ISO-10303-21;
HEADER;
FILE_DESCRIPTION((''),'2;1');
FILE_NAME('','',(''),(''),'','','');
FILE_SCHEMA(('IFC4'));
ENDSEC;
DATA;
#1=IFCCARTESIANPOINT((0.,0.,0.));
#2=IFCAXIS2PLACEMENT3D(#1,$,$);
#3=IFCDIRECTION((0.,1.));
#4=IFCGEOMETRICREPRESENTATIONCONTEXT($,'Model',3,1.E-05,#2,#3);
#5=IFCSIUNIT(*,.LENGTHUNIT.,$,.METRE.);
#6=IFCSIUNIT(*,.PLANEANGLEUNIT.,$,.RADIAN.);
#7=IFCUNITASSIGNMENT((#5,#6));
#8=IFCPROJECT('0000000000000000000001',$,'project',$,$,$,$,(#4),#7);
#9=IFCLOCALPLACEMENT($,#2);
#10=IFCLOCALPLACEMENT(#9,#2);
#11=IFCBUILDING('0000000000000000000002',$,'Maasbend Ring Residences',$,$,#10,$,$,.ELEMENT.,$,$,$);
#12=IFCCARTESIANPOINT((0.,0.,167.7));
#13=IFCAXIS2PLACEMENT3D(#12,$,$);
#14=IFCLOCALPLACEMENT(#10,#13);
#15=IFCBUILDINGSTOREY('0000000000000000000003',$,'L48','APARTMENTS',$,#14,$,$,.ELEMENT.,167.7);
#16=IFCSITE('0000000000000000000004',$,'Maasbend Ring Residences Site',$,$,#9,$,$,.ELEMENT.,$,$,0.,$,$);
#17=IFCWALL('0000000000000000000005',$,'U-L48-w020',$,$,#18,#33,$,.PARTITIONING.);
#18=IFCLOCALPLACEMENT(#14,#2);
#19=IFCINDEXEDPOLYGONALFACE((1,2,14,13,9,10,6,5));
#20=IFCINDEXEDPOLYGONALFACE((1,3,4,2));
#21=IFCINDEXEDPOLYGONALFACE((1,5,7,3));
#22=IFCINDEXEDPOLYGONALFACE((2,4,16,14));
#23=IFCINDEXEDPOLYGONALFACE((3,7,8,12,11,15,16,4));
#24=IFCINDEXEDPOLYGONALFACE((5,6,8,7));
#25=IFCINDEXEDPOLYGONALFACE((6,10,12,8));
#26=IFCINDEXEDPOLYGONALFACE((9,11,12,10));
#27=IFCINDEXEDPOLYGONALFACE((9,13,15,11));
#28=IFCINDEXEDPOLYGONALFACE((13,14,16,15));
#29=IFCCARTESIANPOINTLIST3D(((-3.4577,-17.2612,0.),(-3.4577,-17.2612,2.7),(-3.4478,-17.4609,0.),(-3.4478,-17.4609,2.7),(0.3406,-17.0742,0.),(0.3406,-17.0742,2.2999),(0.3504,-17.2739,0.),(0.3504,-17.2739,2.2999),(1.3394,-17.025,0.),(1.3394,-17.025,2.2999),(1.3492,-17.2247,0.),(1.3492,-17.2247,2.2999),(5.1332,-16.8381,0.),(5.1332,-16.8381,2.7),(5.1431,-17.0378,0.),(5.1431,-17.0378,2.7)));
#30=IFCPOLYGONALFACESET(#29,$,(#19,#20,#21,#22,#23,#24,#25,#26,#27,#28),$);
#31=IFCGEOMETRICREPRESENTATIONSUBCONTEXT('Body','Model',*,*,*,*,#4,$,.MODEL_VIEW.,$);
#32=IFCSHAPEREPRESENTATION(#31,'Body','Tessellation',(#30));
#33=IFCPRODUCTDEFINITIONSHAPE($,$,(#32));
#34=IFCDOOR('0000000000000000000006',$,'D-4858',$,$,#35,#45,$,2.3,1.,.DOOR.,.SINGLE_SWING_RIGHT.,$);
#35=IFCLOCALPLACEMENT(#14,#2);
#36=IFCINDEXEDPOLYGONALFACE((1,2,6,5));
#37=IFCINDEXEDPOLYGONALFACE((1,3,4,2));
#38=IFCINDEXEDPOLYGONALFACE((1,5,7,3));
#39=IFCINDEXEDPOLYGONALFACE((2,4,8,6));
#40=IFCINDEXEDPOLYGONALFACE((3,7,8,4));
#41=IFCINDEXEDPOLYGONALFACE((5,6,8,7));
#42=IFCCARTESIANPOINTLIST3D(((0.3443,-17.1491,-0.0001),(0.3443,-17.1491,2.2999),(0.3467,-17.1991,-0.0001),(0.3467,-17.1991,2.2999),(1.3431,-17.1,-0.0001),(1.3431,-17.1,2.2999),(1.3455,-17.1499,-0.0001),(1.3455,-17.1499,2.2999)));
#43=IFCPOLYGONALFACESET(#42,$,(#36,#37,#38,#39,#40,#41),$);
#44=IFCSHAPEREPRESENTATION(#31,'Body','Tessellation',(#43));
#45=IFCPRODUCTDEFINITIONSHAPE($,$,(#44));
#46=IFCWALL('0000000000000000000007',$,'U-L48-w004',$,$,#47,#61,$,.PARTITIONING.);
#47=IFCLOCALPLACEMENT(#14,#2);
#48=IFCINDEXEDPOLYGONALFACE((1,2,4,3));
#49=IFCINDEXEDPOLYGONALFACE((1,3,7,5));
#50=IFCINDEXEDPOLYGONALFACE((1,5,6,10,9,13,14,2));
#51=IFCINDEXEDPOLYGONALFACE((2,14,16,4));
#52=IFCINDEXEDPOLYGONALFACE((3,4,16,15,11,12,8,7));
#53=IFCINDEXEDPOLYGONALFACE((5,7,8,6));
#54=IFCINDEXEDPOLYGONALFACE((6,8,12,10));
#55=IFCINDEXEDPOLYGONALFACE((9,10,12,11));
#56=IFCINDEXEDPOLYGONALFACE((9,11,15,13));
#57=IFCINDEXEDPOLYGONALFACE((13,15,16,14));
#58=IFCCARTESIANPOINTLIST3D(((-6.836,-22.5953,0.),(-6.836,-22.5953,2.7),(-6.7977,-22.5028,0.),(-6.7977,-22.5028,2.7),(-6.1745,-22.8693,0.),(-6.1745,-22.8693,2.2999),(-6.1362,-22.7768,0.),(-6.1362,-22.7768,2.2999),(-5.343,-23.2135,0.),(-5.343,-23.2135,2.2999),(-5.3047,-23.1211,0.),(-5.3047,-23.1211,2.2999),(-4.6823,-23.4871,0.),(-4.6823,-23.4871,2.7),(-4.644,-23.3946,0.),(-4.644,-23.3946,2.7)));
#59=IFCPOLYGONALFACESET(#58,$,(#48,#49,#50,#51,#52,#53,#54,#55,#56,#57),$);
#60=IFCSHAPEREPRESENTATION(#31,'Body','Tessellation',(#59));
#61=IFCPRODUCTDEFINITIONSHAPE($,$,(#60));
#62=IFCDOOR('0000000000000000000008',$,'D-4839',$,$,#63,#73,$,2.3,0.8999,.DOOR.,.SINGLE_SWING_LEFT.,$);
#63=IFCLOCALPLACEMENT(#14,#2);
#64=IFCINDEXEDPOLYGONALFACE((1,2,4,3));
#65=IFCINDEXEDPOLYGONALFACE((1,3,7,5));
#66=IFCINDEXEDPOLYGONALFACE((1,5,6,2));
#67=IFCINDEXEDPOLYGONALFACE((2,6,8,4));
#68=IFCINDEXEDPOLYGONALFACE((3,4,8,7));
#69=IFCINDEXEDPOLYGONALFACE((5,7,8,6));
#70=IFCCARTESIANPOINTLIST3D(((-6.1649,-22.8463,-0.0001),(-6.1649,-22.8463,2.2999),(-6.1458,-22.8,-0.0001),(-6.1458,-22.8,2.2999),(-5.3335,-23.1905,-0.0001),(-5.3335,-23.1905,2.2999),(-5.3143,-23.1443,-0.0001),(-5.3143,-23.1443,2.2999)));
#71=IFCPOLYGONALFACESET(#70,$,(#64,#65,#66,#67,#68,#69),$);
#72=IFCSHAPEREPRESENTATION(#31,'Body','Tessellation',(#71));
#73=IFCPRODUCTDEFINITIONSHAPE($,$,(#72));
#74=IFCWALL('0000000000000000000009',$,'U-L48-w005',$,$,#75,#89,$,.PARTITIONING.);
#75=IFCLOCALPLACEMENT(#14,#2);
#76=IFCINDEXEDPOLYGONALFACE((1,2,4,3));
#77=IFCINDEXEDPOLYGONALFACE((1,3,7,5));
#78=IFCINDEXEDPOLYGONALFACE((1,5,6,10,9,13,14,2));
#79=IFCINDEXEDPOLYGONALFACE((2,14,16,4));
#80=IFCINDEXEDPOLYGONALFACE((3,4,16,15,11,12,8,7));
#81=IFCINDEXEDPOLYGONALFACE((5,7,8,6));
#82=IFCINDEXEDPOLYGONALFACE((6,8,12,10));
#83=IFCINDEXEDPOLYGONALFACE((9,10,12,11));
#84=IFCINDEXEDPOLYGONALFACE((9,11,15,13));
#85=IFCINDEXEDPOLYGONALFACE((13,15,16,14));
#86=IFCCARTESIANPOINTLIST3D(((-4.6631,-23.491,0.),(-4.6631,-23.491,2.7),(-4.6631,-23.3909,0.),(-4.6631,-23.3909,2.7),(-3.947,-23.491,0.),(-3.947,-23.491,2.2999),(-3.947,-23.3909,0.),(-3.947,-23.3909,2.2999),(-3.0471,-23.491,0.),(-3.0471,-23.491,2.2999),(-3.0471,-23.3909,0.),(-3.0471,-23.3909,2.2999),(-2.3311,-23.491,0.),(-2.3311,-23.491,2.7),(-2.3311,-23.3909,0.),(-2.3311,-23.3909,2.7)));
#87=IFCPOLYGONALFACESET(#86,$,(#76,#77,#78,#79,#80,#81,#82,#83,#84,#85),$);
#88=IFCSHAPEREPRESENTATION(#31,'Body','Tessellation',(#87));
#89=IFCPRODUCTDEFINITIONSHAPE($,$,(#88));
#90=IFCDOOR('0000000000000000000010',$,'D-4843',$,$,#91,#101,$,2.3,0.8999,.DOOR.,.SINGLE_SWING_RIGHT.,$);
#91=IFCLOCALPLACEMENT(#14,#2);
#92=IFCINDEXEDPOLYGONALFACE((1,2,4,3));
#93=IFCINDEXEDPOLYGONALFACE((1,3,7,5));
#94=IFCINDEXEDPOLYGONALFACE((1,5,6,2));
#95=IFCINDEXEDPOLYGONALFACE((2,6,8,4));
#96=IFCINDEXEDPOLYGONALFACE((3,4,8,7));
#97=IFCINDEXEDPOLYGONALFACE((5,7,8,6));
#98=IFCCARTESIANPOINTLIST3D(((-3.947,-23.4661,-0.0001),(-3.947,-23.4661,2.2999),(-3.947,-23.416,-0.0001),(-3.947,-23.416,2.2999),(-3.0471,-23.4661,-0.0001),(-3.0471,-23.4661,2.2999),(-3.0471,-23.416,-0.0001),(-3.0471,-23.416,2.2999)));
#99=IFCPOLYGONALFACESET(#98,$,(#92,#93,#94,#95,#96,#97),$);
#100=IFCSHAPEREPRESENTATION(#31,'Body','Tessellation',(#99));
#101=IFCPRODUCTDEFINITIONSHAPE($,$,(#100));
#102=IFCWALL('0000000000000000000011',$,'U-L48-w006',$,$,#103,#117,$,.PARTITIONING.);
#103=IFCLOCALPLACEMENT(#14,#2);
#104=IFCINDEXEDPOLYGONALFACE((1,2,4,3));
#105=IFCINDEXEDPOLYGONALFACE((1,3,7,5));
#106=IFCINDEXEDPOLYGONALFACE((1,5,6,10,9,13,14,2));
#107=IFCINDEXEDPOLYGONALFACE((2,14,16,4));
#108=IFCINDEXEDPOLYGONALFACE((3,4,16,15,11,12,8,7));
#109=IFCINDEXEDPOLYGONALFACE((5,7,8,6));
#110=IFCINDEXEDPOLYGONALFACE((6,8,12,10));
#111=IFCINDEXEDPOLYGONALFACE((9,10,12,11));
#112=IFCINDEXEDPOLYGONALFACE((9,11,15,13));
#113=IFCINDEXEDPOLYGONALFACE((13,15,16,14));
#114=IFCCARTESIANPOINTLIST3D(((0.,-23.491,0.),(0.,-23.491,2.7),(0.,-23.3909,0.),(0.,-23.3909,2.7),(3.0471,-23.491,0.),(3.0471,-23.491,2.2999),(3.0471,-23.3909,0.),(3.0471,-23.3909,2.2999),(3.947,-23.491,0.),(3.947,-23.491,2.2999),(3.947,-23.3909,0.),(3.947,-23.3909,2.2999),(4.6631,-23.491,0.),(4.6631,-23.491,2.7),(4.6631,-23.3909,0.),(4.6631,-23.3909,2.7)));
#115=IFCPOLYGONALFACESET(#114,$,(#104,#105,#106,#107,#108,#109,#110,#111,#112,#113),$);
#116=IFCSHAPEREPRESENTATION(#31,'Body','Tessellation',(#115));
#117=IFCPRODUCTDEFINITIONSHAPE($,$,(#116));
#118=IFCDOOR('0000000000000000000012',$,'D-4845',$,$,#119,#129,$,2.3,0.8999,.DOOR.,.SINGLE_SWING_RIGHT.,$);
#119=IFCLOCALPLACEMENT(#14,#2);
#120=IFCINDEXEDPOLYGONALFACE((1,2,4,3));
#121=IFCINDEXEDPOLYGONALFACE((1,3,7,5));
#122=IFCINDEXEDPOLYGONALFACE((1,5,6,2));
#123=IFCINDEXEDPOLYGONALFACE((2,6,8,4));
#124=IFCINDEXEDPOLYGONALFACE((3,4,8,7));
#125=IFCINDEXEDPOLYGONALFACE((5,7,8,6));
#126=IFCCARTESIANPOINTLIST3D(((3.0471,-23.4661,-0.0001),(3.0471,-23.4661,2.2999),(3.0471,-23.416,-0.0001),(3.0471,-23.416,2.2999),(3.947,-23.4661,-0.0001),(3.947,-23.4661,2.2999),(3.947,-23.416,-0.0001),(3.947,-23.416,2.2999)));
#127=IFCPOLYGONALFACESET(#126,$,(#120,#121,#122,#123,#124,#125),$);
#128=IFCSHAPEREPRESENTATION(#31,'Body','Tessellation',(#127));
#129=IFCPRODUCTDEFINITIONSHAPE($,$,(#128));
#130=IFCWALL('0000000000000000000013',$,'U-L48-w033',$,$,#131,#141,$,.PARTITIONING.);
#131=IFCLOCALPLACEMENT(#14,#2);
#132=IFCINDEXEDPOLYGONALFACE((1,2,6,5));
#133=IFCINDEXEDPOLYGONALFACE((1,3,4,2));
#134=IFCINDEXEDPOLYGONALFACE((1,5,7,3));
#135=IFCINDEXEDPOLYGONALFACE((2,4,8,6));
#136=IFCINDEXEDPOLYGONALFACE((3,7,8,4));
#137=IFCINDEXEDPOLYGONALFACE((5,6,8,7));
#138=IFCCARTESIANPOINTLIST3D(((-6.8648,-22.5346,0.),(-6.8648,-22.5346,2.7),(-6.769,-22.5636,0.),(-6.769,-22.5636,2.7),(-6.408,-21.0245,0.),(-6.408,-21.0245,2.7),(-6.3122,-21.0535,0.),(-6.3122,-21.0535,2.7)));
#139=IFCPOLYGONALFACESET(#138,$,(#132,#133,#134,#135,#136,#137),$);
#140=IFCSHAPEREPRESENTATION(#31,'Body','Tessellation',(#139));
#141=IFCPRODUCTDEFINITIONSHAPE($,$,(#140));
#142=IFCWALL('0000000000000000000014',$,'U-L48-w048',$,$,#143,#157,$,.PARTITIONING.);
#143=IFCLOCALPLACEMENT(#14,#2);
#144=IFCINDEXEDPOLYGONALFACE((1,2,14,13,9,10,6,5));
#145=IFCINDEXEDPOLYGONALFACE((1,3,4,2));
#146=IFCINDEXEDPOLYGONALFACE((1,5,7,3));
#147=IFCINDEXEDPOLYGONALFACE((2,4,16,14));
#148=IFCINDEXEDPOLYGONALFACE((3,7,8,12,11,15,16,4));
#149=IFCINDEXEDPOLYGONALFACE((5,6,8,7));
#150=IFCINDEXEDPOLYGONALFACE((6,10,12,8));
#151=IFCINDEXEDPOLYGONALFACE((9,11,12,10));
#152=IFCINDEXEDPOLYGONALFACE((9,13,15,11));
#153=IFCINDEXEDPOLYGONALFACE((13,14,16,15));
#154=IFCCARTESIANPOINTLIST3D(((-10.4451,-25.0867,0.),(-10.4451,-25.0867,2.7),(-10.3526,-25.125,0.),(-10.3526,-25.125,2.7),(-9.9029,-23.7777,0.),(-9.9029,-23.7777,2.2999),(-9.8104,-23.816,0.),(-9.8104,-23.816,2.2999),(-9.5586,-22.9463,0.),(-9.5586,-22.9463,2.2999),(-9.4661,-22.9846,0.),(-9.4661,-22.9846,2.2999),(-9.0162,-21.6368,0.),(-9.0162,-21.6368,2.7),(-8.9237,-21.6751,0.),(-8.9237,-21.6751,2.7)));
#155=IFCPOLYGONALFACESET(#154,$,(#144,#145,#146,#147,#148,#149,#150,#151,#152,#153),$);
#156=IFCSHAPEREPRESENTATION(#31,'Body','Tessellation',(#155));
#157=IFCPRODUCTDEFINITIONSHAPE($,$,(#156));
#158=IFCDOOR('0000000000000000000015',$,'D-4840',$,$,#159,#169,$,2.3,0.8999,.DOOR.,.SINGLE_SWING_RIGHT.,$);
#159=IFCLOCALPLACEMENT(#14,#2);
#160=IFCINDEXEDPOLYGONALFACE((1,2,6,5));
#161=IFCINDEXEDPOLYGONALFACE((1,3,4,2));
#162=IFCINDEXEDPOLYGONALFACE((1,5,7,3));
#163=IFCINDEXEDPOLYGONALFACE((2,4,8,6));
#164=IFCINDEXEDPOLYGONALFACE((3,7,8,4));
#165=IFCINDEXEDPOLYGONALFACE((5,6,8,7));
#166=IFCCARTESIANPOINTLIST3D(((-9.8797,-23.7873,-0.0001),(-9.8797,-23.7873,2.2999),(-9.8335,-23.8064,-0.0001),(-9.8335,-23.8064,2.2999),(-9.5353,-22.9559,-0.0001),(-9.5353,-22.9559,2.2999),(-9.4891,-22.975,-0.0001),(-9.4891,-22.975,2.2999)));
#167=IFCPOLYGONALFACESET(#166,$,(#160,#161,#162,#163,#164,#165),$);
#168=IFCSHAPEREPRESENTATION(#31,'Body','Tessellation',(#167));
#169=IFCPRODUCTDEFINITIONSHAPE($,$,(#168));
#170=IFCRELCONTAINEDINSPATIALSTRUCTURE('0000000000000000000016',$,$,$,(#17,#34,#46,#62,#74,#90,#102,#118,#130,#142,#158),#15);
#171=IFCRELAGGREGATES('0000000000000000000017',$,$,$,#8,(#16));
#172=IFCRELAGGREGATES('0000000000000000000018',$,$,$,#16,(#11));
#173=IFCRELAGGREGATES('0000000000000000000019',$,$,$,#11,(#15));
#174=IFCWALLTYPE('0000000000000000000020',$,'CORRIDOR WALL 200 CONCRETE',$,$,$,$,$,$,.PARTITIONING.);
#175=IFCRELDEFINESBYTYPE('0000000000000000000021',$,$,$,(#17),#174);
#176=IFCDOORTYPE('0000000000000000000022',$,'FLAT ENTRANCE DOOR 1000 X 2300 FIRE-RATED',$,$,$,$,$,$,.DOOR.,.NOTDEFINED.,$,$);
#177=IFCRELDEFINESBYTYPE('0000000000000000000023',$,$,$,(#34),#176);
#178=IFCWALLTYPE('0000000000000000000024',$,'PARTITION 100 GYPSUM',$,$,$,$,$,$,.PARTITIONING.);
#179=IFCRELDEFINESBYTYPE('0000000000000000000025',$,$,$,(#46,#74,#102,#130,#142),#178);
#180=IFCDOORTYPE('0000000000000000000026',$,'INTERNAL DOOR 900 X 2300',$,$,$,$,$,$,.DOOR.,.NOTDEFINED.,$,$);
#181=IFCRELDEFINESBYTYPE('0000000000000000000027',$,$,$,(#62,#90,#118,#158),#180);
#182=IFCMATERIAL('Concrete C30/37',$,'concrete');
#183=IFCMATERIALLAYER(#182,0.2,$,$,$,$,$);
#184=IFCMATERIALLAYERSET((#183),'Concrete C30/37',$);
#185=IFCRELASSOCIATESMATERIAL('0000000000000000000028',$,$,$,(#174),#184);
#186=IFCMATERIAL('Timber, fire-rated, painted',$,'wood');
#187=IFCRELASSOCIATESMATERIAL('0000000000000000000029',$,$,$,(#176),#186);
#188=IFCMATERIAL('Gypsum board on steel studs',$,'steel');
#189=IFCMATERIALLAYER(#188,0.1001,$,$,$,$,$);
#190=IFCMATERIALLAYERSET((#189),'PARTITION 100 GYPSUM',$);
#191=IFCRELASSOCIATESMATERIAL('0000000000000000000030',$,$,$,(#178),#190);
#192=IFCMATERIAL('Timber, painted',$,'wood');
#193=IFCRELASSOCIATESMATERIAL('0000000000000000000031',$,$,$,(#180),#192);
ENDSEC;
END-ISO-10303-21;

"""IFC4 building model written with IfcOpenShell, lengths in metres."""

from ifc_helpers import new_model, si_unit, direction, frame, frame_2d, origin, place, context, subcontext, project, spatial, rectangle, extrude, material, layer, layer_set, type_object, element, fill, save


model = new_model("IFC4")

# Units and contexts
model_context = context("Model", 3, precision=1e-05, world=origin(), true_north=direction((0.0, 1.0)))
body_context = subcontext(model_context, "Body", "Model", "MODEL_VIEW")
ifc_project = project(units=[si_unit("LENGTHUNIT", "METRE"), si_unit("PLANEANGLEUNIT", "RADIAN")], contexts=[model_context])

# Site, building, storey
site_placement = place(None, origin())
site = spatial("IfcSite", under=ifc_project, at=site_placement, Name="Maasbend Ring Residences Site", CompositionType="ELEMENT", RefElevation=0.0)
building_placement = place(site_placement, origin())
building = spatial("IfcBuilding", under=site, at=building_placement, Name="Maasbend Ring Residences", CompositionType="ELEMENT")
storey_placement = place(building_placement, frame((0.0, 0.0, 167.7)))
storey = spatial("IfcBuildingStorey", under=building, at=storey_placement, Name="L48", Description="APARTMENTS", CompositionType="ELEMENT", Elevation=167.7)

# Walls, openings, doors
ifc_material_1 = material(Name="Concrete C30/37", Category="concrete")
ifc_layer_1 = layer(ifc_material_1, 0.2)
ifc_layer_set_1 = layer_set([ifc_layer_1], Name="Concrete C30/37")
wall_type_1 = type_object("IfcWallType", Name="CORRIDOR WALL 200 CONCRETE", PredefinedType="PARTITIONING", material=ifc_layer_set_1)
ifc_material_2 = material(Name="Timber, fire-rated, painted", Category="wood")
door_type_1 = type_object("IfcDoorType", Name="FLAT ENTRANCE DOOR 1000 X 2300 FIRE-RATED", OperationType="NOTDEFINED", PredefinedType="DOOR", material=ifc_material_2)
wall_1_placement = place(storey_placement, frame((-3.4529, -17.3611, 0.0), z_axis=(0.0, 0.0, 1.0), x_axis=(0.998789, 0.04919, 0.0)))
wall_1 = element("IfcWall", 1, at=wall_1_placement, inside=storey, type_object=wall_type_1, Name="U-L48-w020", PredefinedType="PARTITIONING", context=body_context, shape_type="SweptSolid", body=[
    extrude(rectangle(XDim=8.6013, YDim=0.2, at=frame_2d((4.3008, 0.0))), origin(), (0.0, 0.0, 1.0), 2.7),
])
opening_1_placement = place(wall_1_placement, frame((3.803, 0.0, 0.0)))
opening_1 = element("IfcOpeningElement", 2, at=opening_1_placement, cuts=wall_1, PredefinedType="OPENING", context=body_context, shape_type="SweptSolid", body=[
    extrude(rectangle(XDim=1.0, YDim=2.3, at=frame_2d((0.5, 1.1499))), frame((0.0, 0.1099, 0.0), z_axis=(0.0, -1.0, 0.0), x_axis=(1.0, 0.0, 0.0)), (0.0, 0.0, 1.0), 0.22),
])
door_1_placement = place(opening_1_placement, origin())
door_1 = element("IfcDoor", 3, at=door_1_placement, inside=storey, type_object=door_type_1, Name="D-4858", OperationType="SINGLE_SWING_RIGHT", OverallHeight=2.3, OverallWidth=1.0, PredefinedType="DOOR", context=body_context, shape_type="SweptSolid", body=[
    extrude(rectangle(XDim=1.0, YDim=2.3, at=frame_2d((0.5, 1.1499))), frame((0.0, 0.0249, 0.0), z_axis=(0.0, -1.0, 0.0), x_axis=(1.0, 0.0, 0.0)), (0.0, 0.0, 1.0), 0.05),
])
fill(opening_1, door_1)
ifc_material_3 = material(Name="Gypsum board on steel studs", Category="steel")
ifc_layer_2 = layer(ifc_material_3, 0.1001)
ifc_layer_set_2 = layer_set([ifc_layer_2], Name="PARTITION 100 GYPSUM")
wall_type_2 = type_object("IfcWallType", Name="PARTITION 100 GYPSUM", PredefinedType="PARTITIONING", material=ifc_layer_set_2)
wall_2_placement = place(storey_placement, frame((-6.8169, -22.5491, 0.0), z_axis=(0.0, 0.0, 1.0), x_axis=(0.923924, -0.382577, 0.0)))
wall_2 = element("IfcWall", 4, at=wall_2_placement, inside=storey, type_object=wall_type_2, Name="U-L48-w004", PredefinedType="PARTITIONING", context=body_context, shape_type="SweptSolid", body=[
    extrude(rectangle(XDim=2.3311, YDim=0.1001, at=frame_2d((1.1655, 0.0))), origin(), (0.0, 0.0, 1.0), 2.7),
])
opening_2_placement = place(wall_2_placement, frame((0.7161, 0.0, 0.0)))
opening_2 = element("IfcOpeningElement", 5, at=opening_2_placement, cuts=wall_2, PredefinedType="OPENING", context=body_context, shape_type="SweptSolid", body=[
    extrude(rectangle(XDim=0.8999, YDim=2.3, at=frame_2d((0.45, 1.1499))), frame((0.0, 0.0601, 0.0), z_axis=(0.0, -1.0, 0.0), x_axis=(1.0, 0.0, 0.0)), (0.0, 0.0, 1.0), 0.1201),
])
ifc_material_4 = material(Name="Timber, painted", Category="wood")
door_type_2 = type_object("IfcDoorType", Name="INTERNAL DOOR 900 X 2300", OperationType="NOTDEFINED", PredefinedType="DOOR", material=ifc_material_4)
door_2_placement = place(opening_2_placement, origin())
door_2 = element("IfcDoor", 6, at=door_2_placement, inside=storey, type_object=door_type_2, Name="D-4839", OperationType="SINGLE_SWING_LEFT", OverallHeight=2.3, OverallWidth=0.8999, PredefinedType="DOOR", context=body_context, shape_type="SweptSolid", body=[
    extrude(rectangle(XDim=0.8999, YDim=2.3, at=frame_2d((0.45, 1.1499))), frame((0.0, 0.0249, 0.0), z_axis=(0.0, -1.0, 0.0), x_axis=(1.0, 0.0, 0.0)), (0.0, 0.0, 1.0), 0.05),
])
fill(opening_2, door_2)
wall_3_placement = place(storey_placement, frame((-4.6631, -23.4409, 0.0), z_axis=(0.0, 0.0, 1.0), x_axis=(1.0, 0.0, 0.0)))
wall_3 = element("IfcWall", 7, at=wall_3_placement, inside=storey, type_object=wall_type_2, Name="U-L48-w005", PredefinedType="PARTITIONING", context=body_context, shape_type="SweptSolid", body=[
    extrude(rectangle(XDim=2.332, YDim=0.1001, at=frame_2d((1.166, 0.0))), origin(), (0.0, 0.0, 1.0), 2.7),
])
opening_3_placement = place(wall_3_placement, frame((0.7161, 0.0, 0.0)))
opening_3 = element("IfcOpeningElement", 8, at=opening_3_placement, cuts=wall_3, PredefinedType="OPENING", context=body_context, shape_type="SweptSolid", body=[
    extrude(rectangle(XDim=0.8999, YDim=2.3, at=frame_2d((0.45, 1.1499))), frame((0.0, 0.0601, 0.0), z_axis=(0.0, -1.0, 0.0), x_axis=(1.0, 0.0, 0.0)), (0.0, 0.0, 1.0), 0.1201),
])
door_3_placement = place(opening_3_placement, origin())
door_3 = element("IfcDoor", 9, at=door_3_placement, inside=storey, type_object=door_type_2, Name="D-4843", OperationType="SINGLE_SWING_RIGHT", OverallHeight=2.3, OverallWidth=0.8999, PredefinedType="DOOR", context=body_context, shape_type="SweptSolid", body=[
    extrude(rectangle(XDim=0.8999, YDim=2.3, at=frame_2d((0.45, 1.1499))), frame((0.0, 0.0249, 0.0), z_axis=(0.0, -1.0, 0.0), x_axis=(1.0, 0.0, 0.0)), (0.0, 0.0, 1.0), 0.05),
])
fill(opening_3, door_3)
wall_4_placement = place(storey_placement, frame((0.0, -23.4409, 0.0), z_axis=(0.0, 0.0, 1.0), x_axis=(1.0, 0.0, 0.0)))
wall_4 = element("IfcWall", 10, at=wall_4_placement, inside=storey, type_object=wall_type_2, Name="U-L48-w006", PredefinedType="PARTITIONING", context=body_context, shape_type="SweptSolid", body=[
    extrude(rectangle(XDim=4.6631, YDim=0.1001, at=frame_2d((2.3315, 0.0))), origin(), (0.0, 0.0, 1.0), 2.7),
])
opening_4_placement = place(wall_4_placement, frame((3.0471, 0.0, 0.0)))
opening_4 = element("IfcOpeningElement", 11, at=opening_4_placement, cuts=wall_4, PredefinedType="OPENING", context=body_context, shape_type="SweptSolid", body=[
    extrude(rectangle(XDim=0.8999, YDim=2.3, at=frame_2d((0.45, 1.1499))), frame((0.0, 0.0601, 0.0), z_axis=(0.0, -1.0, 0.0), x_axis=(1.0, 0.0, 0.0)), (0.0, 0.0, 1.0), 0.1201),
])
door_4_placement = place(opening_4_placement, origin())
door_4 = element("IfcDoor", 12, at=door_4_placement, inside=storey, type_object=door_type_2, Name="D-4845", OperationType="SINGLE_SWING_RIGHT", OverallHeight=2.3, OverallWidth=0.8999, PredefinedType="DOOR", context=body_context, shape_type="SweptSolid", body=[
    extrude(rectangle(XDim=0.8999, YDim=2.3, at=frame_2d((0.45, 1.1499))), frame((0.0, 0.0249, 0.0), z_axis=(0.0, -1.0, 0.0), x_axis=(1.0, 0.0, 0.0)), (0.0, 0.0, 1.0), 0.05),
])
fill(opening_4, door_4)

# Wall
wall_5_placement = place(storey_placement, frame((-6.8169, -22.5491, 0.0), z_axis=(0.0, 0.0, 1.0), x_axis=(0.289548, 0.957164, 0.0)))
element("IfcWall", 13, at=wall_5_placement, inside=storey, type_object=wall_type_2, Name="U-L48-w033", PredefinedType="PARTITIONING", context=body_context, shape_type="SweptSolid", body=[
    extrude(rectangle(XDim=1.5776, YDim=0.1001, at=frame_2d((0.7888, 0.0))), origin(), (0.0, 0.0, 1.0), 2.7),
])

# Wall, opening, door
wall_6_placement = place(storey_placement, frame((-10.3989, -25.106, 0.0), z_axis=(0.0, 0.0, 1.0), x_axis=(0.382669, 0.923885, 0.0)))
wall_6 = element("IfcWall", 14, at=wall_6_placement, inside=storey, type_object=wall_type_2, Name="U-L48-w048", PredefinedType="PARTITIONING", context=body_context, shape_type="SweptSolid", body=[
    extrude(rectangle(XDim=3.7341, YDim=0.1001, at=frame_2d((1.8672, 0.0))), origin(), (0.0, 0.0, 1.0), 2.7),
])
opening_5_placement = place(wall_6_placement, frame((1.417, 0.0, 0.0)))
opening_5 = element("IfcOpeningElement", 15, at=opening_5_placement, cuts=wall_6, PredefinedType="OPENING", context=body_context, shape_type="SweptSolid", body=[
    extrude(rectangle(XDim=0.8999, YDim=2.3, at=frame_2d((0.45, 1.1499))), frame((0.0, 0.0601, 0.0), z_axis=(0.0, -1.0, 0.0), x_axis=(1.0, 0.0, 0.0)), (0.0, 0.0, 1.0), 0.1201),
])
door_5_placement = place(opening_5_placement, origin())
door_5 = element("IfcDoor", 16, at=door_5_placement, inside=storey, type_object=door_type_2, Name="D-4840", OperationType="SINGLE_SWING_RIGHT", OverallHeight=2.3, OverallWidth=0.8999, PredefinedType="DOOR", context=body_context, shape_type="SweptSolid", body=[
    extrude(rectangle(XDim=0.8999, YDim=2.3, at=frame_2d((0.45, 1.1499))), frame((0.0, 0.0249, 0.0), z_axis=(0.0, -1.0, 0.0), x_axis=(1.0, 0.0, 0.0)), (0.0, 0.0, 1.0), 0.05),
])
fill(opening_5, door_5)

save(model, "model.ifc")
